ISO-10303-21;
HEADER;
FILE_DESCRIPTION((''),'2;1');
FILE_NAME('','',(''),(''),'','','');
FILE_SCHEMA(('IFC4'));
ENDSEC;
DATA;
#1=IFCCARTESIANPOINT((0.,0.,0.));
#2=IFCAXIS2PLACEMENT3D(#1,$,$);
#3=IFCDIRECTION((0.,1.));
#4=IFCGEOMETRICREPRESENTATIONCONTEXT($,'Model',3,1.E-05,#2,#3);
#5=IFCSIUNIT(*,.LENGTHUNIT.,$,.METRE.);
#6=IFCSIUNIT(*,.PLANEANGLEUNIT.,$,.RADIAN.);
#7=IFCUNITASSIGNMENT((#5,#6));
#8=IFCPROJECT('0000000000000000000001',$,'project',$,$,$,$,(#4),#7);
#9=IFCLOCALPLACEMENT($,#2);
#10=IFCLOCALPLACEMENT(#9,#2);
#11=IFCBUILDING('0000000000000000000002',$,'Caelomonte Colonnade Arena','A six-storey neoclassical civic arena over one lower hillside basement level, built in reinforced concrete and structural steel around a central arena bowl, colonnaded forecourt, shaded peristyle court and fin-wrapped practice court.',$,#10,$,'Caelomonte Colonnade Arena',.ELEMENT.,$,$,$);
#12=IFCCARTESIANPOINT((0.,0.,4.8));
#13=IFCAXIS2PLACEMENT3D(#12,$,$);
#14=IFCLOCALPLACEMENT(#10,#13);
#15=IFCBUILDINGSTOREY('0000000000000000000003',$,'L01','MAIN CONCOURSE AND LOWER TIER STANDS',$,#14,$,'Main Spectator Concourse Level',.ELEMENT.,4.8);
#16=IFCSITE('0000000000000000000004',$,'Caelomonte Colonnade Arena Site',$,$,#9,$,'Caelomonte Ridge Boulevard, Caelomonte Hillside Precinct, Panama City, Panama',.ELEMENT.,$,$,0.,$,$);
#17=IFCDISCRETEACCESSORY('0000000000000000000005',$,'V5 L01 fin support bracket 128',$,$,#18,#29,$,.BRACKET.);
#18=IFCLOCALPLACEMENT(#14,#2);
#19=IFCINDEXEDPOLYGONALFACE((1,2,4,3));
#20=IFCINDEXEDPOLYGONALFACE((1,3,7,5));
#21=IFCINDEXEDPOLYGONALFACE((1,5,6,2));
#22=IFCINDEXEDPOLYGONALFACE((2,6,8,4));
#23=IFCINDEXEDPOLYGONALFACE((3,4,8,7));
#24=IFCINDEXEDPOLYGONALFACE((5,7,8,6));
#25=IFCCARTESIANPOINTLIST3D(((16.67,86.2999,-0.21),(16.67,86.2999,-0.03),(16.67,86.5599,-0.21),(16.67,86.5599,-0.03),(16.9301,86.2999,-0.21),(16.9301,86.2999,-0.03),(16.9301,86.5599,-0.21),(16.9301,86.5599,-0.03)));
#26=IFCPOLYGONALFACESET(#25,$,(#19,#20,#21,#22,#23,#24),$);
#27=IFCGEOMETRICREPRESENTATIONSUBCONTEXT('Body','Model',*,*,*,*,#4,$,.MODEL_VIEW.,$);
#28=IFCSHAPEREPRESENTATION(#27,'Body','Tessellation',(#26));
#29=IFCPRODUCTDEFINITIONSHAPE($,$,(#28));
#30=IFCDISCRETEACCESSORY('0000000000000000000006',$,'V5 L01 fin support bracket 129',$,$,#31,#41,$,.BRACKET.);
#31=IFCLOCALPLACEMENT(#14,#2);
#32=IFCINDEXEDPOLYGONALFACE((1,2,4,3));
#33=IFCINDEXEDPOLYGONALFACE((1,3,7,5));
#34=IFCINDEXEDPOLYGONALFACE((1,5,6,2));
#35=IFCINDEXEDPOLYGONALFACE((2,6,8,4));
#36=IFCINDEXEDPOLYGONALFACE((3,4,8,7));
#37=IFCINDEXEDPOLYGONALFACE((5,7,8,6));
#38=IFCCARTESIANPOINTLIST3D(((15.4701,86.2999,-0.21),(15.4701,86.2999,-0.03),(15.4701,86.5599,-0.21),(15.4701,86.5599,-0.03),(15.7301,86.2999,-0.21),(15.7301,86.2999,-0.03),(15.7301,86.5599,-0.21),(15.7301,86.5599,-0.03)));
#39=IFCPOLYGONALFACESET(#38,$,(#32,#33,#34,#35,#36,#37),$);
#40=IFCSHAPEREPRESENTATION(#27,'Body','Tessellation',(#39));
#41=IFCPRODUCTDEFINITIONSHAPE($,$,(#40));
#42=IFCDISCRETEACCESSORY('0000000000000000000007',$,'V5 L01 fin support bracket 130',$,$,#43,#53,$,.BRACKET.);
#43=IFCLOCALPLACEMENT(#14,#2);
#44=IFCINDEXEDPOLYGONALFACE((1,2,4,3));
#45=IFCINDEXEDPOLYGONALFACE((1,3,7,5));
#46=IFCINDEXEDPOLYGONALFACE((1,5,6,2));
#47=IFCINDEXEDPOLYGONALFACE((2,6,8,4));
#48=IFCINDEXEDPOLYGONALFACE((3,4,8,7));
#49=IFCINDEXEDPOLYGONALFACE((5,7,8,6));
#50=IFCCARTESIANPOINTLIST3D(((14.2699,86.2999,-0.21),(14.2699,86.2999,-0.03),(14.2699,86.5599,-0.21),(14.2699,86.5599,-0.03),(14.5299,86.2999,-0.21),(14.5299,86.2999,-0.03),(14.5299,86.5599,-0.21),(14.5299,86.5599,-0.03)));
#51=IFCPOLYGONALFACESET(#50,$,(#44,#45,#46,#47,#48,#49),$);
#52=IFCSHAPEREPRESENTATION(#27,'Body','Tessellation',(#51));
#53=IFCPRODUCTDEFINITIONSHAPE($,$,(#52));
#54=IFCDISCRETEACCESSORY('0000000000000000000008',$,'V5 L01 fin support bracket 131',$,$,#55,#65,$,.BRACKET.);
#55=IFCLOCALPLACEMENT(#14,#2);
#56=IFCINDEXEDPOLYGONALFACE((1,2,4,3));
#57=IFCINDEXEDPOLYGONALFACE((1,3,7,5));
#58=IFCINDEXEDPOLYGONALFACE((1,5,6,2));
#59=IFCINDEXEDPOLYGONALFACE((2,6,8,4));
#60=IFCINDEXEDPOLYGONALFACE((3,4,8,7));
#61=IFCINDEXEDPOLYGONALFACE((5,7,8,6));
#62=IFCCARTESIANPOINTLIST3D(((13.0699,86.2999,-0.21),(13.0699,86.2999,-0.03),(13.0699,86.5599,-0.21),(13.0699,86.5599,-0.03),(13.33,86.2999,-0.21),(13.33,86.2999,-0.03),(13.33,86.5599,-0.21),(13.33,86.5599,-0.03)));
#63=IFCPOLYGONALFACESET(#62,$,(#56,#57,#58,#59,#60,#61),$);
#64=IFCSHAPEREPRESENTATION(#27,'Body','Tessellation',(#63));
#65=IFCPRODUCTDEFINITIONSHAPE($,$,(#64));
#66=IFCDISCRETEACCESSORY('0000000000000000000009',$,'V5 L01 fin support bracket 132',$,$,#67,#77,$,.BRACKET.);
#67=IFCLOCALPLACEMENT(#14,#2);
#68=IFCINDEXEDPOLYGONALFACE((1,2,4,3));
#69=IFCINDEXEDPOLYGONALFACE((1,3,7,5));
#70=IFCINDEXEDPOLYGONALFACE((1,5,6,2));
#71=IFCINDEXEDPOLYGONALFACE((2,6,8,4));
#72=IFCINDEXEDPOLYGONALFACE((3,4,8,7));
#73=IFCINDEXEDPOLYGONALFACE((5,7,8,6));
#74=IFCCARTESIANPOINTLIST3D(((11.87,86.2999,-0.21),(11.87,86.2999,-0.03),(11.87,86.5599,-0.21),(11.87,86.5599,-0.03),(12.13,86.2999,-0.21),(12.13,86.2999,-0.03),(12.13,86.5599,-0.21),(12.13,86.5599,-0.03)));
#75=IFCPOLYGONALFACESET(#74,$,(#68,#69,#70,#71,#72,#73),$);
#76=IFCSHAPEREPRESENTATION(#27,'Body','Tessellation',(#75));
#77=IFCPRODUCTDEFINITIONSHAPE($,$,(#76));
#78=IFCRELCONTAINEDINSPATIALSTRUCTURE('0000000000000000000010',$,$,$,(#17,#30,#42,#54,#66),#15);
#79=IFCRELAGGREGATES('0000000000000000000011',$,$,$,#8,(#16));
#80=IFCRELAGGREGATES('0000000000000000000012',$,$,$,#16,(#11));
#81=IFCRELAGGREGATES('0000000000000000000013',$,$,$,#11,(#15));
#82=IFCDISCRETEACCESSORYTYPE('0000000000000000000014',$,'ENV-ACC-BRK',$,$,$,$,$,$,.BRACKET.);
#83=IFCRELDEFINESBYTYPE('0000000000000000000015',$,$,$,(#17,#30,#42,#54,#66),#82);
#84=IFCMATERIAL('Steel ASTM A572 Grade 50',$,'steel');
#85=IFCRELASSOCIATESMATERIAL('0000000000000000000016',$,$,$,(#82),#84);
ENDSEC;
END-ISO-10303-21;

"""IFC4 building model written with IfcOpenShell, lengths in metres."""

from ifc_helpers import new_model, si_unit, direction, frame, origin, origin_2d, place, context, subcontext, project, spatial, rectangle, extrude, material, type_object, element, save


model = new_model("IFC4")

# Units and contexts
model_context = context("Model", 3, precision=1e-05, world=origin(), true_north=direction((0.0, 1.0)))
body_context = subcontext(model_context, "Body", "Model", "MODEL_VIEW")
ifc_project = project(units=[si_unit("LENGTHUNIT", "METRE"), si_unit("PLANEANGLEUNIT", "RADIAN")], contexts=[model_context])

# Site, building, storey
site_placement = place(None, origin())
site = spatial("IfcSite", under=ifc_project, at=site_placement, Name="Caelomonte Colonnade Arena Site", LongName="Caelomonte Ridge Boulevard, Caelomonte Hillside Precinct, Panama City, Panama", CompositionType="ELEMENT", RefElevation=0.0)
building_placement = place(site_placement, origin())
building = spatial("IfcBuilding", under=site, at=building_placement, Name="Caelomonte Colonnade Arena", Description="A six-storey neoclassical civic arena over one lower hillside basement level, built in reinforced concrete and structural steel around a central arena bowl, colonnaded forecourt, shaded peristyle court and fin-wrapped practice court.", LongName="Caelomonte Colonnade Arena", CompositionType="ELEMENT")
storey_placement = place(building_placement, frame((0.0, 0.0, 4.8)))
storey = spatial("IfcBuildingStorey", under=building, at=storey_placement, Name="L01", Description="MAIN CONCOURSE AND LOWER TIER STANDS", LongName="Main Spectator Concourse Level", CompositionType="ELEMENT", Elevation=4.8)

# Discrete accessories
ifc_material_1 = material(Name="Steel ASTM A572 Grade 50", Category="steel")
discrete_accessory_type = type_object("IfcDiscreteAccessoryType", Name="ENV-ACC-BRK", PredefinedType="BRACKET", material=ifc_material_1)
for number, where, z_axis, x_axis, name in (
    (1, (16.8, 86.4299, -0.21), (0.0, 0.0, 1.0), (-1.0, 0.0, 0.0), "V5 L01 fin support bracket 128"),
    (2, (15.6001, 86.4299, -0.21), (0.0, 0.0, 1.0), (-1.0, 0.0, 0.0), "V5 L01 fin support bracket 129"),
    (3, (14.3999, 86.4299, -0.21), (0.0, 0.0, 1.0), (-1.0, 0.0, 0.0), "V5 L01 fin support bracket 130"),
    (4, (13.2, 86.4299, -0.21), (0.0, 0.0, 1.0), (-1.0, 0.0, 0.0), "V5 L01 fin support bracket 131"),
    (5, (12.0, 86.4299, -0.21), (0.0, 0.0, 1.0), (-1.0, 0.0, 0.0), "V5 L01 fin support bracket 132"),
):
    element("IfcDiscreteAccessory", number, at=place(storey_placement, frame(where, z_axis=z_axis, x_axis=x_axis)), inside=storey, type_object=discrete_accessory_type, Name=name, PredefinedType="BRACKET", context=body_context, shape_type="SweptSolid", body=[
        extrude(rectangle(XDim=0.26, YDim=0.26, at=origin_2d()), origin(), (0.0, 0.0, 1.0), 0.1799),
    ])

save(model, "model.ifc")
